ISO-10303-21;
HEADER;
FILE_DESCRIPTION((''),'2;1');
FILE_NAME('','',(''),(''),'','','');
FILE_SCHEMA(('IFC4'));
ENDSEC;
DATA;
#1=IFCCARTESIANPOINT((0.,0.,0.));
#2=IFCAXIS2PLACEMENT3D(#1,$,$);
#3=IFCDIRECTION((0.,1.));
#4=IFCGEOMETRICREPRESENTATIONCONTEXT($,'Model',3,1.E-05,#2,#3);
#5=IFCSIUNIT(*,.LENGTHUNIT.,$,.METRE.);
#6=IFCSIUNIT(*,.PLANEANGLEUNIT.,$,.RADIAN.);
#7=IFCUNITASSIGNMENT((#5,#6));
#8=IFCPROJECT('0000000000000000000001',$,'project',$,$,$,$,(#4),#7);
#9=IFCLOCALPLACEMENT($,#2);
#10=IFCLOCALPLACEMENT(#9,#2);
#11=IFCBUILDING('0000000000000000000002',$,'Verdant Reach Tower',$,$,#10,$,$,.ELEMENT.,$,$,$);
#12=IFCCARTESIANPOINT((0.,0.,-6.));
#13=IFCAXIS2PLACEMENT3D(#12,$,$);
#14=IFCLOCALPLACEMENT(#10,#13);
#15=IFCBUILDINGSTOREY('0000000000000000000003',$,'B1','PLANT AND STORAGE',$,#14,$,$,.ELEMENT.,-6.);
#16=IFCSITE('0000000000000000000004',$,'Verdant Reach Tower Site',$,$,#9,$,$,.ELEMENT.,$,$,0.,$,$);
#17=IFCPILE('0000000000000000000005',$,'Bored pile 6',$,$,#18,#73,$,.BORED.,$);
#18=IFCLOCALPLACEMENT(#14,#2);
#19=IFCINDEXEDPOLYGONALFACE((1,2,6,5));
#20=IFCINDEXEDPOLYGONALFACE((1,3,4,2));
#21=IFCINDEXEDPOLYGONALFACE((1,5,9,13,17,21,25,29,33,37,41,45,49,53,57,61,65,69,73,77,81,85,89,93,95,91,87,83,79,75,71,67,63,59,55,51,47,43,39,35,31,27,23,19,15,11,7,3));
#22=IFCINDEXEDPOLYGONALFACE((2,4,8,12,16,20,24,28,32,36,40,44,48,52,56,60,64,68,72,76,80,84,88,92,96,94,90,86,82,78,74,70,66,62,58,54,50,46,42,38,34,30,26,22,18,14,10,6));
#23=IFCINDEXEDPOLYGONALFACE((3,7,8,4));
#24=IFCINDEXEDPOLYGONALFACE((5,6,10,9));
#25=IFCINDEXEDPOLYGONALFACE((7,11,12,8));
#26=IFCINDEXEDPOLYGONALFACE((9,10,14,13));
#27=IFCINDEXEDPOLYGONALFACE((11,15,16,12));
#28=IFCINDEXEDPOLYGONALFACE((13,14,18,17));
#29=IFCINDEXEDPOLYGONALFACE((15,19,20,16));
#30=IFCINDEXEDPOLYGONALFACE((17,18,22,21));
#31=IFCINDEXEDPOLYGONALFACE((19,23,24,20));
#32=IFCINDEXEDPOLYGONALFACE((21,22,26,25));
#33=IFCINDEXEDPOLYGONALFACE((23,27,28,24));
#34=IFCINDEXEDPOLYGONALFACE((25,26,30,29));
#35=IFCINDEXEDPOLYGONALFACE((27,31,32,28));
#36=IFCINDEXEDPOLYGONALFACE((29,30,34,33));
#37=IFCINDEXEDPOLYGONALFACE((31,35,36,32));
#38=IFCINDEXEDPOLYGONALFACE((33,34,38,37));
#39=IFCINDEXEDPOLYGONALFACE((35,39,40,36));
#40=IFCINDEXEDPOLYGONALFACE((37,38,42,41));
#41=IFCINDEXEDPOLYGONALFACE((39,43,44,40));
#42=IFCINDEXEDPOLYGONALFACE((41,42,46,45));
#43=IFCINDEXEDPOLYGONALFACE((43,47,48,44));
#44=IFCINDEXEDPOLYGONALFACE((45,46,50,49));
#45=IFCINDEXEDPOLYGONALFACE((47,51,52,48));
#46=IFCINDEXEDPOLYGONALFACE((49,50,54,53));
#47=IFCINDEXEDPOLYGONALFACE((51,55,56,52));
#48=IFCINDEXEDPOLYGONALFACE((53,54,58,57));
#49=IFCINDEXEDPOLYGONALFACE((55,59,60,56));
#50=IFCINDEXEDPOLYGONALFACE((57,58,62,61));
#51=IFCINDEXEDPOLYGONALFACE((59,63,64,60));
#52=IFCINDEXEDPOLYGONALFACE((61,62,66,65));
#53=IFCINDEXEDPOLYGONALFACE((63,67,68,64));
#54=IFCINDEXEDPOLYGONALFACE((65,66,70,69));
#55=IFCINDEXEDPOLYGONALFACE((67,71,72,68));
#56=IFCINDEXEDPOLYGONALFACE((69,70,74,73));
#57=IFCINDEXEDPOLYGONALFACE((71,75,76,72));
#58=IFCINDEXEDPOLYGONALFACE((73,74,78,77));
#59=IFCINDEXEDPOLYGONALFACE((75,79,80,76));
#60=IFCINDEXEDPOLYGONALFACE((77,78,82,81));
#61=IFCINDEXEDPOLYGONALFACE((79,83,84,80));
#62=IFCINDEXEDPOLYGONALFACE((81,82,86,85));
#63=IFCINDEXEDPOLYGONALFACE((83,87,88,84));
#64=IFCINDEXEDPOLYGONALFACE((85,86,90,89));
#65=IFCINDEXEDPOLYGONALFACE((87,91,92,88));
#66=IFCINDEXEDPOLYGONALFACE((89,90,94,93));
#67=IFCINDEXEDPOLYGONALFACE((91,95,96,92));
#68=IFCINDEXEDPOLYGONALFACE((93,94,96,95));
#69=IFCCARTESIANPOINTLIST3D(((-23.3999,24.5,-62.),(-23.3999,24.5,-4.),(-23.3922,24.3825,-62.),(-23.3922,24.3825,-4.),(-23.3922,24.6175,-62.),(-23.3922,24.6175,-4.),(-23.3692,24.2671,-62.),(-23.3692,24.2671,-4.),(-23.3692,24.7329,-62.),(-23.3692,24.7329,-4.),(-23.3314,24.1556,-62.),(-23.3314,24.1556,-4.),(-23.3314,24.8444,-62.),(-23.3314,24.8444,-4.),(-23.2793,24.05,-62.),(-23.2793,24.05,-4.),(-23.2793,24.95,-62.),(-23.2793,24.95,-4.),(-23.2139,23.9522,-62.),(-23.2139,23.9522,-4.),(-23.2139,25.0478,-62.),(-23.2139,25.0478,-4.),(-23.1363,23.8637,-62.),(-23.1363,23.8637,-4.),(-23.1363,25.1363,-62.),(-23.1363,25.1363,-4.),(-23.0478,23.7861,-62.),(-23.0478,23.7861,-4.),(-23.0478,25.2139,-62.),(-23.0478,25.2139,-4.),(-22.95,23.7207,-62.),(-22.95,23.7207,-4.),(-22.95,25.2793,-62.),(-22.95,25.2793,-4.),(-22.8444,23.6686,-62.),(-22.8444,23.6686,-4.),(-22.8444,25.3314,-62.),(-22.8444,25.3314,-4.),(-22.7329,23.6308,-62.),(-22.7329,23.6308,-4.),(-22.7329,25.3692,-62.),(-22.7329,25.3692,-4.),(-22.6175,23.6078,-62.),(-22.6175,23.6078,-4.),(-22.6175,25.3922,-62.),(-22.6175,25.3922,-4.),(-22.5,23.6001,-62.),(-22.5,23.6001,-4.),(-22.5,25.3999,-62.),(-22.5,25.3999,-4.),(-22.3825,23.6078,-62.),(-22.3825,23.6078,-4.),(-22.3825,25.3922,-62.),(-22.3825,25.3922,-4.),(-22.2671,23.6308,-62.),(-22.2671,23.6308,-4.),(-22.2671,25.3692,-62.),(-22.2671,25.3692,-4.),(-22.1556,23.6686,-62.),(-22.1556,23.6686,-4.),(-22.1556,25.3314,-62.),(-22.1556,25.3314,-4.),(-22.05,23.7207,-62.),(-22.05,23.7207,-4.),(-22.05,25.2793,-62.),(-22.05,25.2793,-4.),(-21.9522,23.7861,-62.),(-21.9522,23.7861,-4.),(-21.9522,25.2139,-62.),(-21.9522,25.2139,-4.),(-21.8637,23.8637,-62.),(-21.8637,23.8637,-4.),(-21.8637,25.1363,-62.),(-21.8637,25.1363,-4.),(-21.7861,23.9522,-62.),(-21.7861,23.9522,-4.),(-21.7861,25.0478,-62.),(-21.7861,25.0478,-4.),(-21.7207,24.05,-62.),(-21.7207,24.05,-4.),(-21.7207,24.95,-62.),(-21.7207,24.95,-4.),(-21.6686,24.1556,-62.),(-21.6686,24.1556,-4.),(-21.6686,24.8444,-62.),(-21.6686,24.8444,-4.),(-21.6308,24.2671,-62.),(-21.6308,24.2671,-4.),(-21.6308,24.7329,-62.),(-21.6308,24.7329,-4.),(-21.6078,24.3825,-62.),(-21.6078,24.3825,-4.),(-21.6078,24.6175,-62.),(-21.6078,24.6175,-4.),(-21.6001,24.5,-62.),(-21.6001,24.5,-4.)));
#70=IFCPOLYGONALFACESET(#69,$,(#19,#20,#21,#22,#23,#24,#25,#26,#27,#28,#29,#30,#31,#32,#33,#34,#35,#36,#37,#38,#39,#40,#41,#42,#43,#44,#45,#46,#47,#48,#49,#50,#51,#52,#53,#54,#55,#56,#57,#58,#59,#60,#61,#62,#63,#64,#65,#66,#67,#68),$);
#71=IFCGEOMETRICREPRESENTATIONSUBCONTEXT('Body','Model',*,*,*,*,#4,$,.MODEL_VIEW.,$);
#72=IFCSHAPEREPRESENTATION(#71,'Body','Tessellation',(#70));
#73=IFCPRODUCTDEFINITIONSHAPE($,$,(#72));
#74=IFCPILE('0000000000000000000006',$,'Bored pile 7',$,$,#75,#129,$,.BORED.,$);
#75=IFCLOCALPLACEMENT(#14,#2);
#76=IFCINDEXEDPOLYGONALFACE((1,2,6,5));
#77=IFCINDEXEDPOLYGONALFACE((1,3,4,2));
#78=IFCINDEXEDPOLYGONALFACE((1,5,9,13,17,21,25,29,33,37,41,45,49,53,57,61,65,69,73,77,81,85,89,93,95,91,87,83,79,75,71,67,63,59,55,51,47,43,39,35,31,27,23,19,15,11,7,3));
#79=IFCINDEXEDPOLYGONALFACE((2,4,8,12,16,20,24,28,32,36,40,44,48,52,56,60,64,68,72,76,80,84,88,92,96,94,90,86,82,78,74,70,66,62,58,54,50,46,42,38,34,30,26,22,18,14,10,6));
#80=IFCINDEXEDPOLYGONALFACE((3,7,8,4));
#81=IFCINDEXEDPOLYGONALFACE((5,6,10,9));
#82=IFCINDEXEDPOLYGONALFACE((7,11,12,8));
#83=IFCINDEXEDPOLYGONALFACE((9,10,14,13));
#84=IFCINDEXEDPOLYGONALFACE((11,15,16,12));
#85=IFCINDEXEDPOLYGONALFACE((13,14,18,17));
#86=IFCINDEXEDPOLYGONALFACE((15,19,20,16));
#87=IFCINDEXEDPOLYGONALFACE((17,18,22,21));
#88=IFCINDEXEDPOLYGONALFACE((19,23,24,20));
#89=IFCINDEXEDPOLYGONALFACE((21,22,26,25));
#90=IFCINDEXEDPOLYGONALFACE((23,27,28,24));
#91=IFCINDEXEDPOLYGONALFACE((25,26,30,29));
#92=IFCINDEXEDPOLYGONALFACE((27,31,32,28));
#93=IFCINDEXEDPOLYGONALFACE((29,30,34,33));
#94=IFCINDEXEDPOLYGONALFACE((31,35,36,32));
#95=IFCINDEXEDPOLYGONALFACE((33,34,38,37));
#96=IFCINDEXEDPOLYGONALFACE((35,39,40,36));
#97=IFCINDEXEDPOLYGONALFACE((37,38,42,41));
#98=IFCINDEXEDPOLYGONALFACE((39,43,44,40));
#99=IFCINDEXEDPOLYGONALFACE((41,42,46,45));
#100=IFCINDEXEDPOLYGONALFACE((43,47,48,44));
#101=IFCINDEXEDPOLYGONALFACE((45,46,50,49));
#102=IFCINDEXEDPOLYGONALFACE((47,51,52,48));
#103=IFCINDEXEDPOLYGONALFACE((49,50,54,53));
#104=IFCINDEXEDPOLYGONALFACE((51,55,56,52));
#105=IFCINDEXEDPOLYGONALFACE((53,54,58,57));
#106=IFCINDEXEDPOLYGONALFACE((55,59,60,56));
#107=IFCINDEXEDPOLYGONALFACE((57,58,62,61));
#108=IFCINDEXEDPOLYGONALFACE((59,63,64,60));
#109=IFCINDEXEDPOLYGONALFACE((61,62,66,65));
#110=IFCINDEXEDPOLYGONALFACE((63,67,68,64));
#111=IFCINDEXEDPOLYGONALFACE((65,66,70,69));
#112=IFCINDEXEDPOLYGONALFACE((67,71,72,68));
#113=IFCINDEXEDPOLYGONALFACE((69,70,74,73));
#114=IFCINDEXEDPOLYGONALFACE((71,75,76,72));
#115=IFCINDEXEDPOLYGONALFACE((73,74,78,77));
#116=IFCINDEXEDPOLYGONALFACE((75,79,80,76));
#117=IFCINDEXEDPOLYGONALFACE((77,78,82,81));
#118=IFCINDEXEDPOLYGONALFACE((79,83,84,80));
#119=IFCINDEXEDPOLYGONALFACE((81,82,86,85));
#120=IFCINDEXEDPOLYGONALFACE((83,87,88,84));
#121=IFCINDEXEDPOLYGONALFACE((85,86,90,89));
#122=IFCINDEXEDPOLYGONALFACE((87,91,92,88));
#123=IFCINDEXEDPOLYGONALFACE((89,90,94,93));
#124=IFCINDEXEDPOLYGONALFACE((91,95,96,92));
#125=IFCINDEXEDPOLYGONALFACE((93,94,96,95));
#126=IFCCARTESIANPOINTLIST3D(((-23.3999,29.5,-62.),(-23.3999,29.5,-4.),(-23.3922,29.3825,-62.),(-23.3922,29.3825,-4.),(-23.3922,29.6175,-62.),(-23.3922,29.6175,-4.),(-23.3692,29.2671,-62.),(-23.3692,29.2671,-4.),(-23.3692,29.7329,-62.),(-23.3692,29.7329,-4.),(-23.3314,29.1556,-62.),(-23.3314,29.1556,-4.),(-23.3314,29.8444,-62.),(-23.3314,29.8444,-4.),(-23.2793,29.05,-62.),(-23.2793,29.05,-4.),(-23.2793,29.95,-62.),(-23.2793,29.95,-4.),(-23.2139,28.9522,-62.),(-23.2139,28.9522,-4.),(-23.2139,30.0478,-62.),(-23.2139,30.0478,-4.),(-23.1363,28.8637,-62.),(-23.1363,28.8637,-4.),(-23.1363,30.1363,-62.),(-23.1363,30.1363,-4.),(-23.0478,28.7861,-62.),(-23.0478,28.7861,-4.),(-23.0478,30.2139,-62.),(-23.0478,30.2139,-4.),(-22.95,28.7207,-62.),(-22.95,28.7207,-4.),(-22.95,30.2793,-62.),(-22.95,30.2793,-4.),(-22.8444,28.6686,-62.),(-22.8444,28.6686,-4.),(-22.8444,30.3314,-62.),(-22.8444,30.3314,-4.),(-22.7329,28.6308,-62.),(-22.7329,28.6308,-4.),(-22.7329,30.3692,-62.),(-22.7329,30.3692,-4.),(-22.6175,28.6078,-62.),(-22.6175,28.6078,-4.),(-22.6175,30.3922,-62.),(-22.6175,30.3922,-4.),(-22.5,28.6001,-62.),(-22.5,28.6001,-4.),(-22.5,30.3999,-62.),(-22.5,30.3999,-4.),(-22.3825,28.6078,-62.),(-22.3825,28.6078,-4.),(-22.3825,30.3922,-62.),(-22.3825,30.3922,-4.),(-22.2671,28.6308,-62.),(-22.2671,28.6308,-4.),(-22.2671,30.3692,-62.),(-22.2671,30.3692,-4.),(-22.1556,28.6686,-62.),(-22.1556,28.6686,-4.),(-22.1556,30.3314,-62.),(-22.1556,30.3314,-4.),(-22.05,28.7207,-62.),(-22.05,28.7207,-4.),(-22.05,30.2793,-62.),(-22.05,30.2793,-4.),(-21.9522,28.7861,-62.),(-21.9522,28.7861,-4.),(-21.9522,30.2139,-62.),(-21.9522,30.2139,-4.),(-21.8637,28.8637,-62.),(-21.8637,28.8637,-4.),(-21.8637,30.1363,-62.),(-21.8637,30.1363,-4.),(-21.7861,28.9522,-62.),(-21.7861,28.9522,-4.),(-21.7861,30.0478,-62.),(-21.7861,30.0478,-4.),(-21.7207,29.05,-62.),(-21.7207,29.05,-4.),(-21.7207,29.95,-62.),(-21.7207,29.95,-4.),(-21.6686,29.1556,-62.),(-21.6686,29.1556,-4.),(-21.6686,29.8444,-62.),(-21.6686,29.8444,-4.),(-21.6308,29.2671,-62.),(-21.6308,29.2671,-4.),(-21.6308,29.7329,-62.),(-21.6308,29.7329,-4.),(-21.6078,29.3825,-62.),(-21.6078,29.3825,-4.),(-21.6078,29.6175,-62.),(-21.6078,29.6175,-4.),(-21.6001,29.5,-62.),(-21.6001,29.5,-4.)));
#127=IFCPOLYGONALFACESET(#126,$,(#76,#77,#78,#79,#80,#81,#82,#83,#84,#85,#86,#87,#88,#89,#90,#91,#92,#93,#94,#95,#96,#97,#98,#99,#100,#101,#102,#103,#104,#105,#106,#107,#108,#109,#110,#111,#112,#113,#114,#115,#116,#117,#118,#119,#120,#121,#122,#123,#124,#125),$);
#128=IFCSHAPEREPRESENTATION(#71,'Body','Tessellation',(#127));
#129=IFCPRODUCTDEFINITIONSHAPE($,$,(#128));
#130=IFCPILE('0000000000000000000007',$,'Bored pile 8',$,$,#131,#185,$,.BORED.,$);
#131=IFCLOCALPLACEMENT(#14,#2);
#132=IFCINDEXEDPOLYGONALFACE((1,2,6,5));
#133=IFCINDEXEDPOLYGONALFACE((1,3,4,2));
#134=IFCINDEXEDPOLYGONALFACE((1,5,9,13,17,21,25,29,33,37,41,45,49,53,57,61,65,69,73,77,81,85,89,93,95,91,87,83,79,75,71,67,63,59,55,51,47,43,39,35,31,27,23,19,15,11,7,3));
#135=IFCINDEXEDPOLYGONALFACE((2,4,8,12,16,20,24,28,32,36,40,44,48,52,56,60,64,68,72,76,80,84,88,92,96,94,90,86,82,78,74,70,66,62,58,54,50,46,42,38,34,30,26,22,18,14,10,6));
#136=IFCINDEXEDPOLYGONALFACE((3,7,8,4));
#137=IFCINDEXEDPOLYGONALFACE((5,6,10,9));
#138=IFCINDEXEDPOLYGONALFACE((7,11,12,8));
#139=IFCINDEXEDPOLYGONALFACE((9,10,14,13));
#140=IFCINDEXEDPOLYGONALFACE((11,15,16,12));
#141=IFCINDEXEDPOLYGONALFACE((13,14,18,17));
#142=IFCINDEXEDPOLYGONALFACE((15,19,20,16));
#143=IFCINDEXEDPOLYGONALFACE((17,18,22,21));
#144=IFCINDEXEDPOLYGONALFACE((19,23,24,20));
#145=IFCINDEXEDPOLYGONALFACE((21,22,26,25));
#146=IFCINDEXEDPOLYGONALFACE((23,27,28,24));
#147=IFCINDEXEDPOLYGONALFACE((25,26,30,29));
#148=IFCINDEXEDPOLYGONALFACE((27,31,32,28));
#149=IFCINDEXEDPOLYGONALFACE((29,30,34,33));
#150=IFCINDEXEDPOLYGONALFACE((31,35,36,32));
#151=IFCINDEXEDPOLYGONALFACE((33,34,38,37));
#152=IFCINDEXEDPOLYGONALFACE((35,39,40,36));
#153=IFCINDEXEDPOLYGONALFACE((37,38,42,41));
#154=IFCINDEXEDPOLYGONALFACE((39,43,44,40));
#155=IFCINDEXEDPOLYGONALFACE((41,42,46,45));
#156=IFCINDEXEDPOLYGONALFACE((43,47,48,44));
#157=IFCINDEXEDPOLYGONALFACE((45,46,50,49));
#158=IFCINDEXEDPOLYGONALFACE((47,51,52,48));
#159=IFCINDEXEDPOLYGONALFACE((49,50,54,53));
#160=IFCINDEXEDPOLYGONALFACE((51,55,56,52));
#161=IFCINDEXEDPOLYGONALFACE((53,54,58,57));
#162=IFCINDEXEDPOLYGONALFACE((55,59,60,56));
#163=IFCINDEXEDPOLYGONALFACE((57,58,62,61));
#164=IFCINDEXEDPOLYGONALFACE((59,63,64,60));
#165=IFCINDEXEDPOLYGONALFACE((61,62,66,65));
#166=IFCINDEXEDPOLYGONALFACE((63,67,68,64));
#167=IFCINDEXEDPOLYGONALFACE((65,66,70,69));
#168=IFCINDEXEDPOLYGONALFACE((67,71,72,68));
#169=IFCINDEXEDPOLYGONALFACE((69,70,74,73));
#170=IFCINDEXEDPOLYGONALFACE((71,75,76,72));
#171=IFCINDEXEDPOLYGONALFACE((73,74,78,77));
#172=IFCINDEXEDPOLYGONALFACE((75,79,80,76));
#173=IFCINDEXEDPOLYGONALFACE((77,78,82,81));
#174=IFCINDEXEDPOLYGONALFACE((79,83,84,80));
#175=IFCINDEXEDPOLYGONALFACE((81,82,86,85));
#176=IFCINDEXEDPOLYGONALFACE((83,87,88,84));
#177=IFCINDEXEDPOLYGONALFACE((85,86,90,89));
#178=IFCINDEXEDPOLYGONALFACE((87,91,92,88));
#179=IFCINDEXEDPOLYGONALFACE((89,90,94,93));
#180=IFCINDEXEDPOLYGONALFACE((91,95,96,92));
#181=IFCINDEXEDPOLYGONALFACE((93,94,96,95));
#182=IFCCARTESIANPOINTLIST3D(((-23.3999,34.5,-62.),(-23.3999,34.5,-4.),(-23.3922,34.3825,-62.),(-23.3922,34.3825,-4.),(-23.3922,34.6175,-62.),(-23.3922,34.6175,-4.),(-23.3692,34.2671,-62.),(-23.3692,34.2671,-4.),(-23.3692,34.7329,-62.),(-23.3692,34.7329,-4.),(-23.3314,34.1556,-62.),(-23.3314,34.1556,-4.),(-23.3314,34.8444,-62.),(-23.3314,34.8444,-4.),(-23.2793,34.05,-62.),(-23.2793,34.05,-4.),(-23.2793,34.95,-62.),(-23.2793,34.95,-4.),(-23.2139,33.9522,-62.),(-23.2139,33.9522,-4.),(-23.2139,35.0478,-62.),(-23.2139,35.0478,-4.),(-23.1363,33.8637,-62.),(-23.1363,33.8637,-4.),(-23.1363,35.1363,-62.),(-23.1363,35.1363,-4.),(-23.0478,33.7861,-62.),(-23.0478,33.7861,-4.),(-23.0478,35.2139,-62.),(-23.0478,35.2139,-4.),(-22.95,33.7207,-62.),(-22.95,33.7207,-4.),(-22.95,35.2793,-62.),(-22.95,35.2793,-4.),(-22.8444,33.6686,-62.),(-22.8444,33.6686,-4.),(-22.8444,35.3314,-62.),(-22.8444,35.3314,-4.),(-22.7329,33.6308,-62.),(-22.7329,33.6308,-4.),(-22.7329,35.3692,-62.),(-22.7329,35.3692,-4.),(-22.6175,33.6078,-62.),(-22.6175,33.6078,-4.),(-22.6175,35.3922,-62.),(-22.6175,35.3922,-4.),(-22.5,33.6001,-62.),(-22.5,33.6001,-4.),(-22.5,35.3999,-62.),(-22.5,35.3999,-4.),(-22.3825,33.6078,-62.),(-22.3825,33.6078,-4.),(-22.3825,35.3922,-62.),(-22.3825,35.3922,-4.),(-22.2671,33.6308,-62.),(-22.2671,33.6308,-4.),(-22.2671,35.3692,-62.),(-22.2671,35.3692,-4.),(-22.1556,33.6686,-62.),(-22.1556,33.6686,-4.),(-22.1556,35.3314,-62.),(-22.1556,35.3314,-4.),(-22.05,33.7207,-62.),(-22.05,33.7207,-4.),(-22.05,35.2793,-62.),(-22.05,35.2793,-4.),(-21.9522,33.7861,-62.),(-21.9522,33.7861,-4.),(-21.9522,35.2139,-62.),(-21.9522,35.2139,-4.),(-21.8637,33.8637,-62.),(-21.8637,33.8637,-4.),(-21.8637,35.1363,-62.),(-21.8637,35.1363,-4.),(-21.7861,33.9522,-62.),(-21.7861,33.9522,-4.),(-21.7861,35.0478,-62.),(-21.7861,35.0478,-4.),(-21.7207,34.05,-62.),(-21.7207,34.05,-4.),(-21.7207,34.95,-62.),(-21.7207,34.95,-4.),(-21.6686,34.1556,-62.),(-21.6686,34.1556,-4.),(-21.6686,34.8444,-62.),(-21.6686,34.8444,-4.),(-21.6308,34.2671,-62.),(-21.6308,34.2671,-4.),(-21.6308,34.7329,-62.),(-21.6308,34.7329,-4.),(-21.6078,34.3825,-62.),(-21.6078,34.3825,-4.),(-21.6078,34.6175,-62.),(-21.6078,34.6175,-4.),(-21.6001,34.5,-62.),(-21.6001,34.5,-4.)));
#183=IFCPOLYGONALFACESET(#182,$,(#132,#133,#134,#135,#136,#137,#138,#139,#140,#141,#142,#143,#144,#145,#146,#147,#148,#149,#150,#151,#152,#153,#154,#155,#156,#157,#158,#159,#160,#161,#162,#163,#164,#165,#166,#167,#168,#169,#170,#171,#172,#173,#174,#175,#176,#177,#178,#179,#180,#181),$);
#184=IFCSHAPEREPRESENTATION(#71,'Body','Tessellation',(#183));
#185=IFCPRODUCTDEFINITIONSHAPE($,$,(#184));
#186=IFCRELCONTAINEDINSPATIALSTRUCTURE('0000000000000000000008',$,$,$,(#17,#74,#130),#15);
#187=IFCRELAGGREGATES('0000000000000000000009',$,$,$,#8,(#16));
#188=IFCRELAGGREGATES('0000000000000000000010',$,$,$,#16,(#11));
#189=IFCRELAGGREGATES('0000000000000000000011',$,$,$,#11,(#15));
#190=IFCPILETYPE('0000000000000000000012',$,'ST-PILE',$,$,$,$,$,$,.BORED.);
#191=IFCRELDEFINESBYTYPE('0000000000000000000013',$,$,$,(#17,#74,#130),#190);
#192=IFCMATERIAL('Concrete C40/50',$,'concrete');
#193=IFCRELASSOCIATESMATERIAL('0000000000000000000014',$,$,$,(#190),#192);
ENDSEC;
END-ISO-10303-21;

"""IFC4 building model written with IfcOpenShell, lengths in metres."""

from ifc_helpers import new_model, si_unit, direction, frame, origin, origin_2d, place, context, subcontext, project, spatial, circle, extrude, material, material_profile, profile_set, type_object, element, save


model = new_model("IFC4")

# Units and contexts
model_context = context("Model", 3, precision=1e-05, world=origin(), true_north=direction((0.0, 1.0)))
body_context = subcontext(model_context, "Body", "Model", "MODEL_VIEW")
ifc_project = project(units=[si_unit("LENGTHUNIT", "METRE"), si_unit("PLANEANGLEUNIT", "RADIAN")], contexts=[model_context])

# Site, building, storey
site_placement = place(None, origin())
site = spatial("IfcSite", under=ifc_project, at=site_placement, Name="Verdant Reach Tower Site", CompositionType="ELEMENT", RefElevation=0.0)
building_placement = place(site_placement, origin())
building = spatial("IfcBuilding", under=site, at=building_placement, Name="Verdant Reach Tower", CompositionType="ELEMENT")
storey_placement = place(building_placement, frame((0.0, 0.0, -6.0)))
storey = spatial("IfcBuildingStorey", under=building, at=storey_placement, Name="B1", Description="PLANT AND STORAGE", CompositionType="ELEMENT", Elevation=-6.0)

# Piles
ifc_material_1 = material(Name="Concrete C40/50", Category="concrete")
ifc_material_profile_1 = material_profile(ifc_material_1, circle(Radius=0.8999, at=origin_2d()), Name="BP 1800")
ifc_profile_set_1 = profile_set([ifc_material_profile_1], Name="Concrete C40/50")
pile_type = type_object("IfcPileType", Name="ST-PILE", PredefinedType="BORED", material=ifc_profile_set_1)
for number, where, z_axis, x_axis, name in (
    (1, (-22.5, 24.5, -4.0), (0.0, 0.0, -1.0), (1.0, 0.0, 0.0), "Bored pile 6"),
    (2, (-22.5, 29.5, -4.0), (0.0, 0.0, -1.0), (1.0, 0.0, 0.0), "Bored pile 7"),
    (3, (-22.5, 34.5, -4.0), (0.0, 0.0, -1.0), (1.0, 0.0, 0.0), "Bored pile 8"),
):
    element("IfcPile", number, at=place(storey_placement, frame(where, z_axis=z_axis, x_axis=x_axis)), inside=storey, type_object=pile_type, Name=name, PredefinedType="BORED", context=body_context, shape_type="SweptSolid", body=[
        extrude(circle(Radius=0.8999, at=origin_2d()), origin(), (0.0, 0.0, 1.0), 58.0),
    ])

save(model, "model.ifc")
